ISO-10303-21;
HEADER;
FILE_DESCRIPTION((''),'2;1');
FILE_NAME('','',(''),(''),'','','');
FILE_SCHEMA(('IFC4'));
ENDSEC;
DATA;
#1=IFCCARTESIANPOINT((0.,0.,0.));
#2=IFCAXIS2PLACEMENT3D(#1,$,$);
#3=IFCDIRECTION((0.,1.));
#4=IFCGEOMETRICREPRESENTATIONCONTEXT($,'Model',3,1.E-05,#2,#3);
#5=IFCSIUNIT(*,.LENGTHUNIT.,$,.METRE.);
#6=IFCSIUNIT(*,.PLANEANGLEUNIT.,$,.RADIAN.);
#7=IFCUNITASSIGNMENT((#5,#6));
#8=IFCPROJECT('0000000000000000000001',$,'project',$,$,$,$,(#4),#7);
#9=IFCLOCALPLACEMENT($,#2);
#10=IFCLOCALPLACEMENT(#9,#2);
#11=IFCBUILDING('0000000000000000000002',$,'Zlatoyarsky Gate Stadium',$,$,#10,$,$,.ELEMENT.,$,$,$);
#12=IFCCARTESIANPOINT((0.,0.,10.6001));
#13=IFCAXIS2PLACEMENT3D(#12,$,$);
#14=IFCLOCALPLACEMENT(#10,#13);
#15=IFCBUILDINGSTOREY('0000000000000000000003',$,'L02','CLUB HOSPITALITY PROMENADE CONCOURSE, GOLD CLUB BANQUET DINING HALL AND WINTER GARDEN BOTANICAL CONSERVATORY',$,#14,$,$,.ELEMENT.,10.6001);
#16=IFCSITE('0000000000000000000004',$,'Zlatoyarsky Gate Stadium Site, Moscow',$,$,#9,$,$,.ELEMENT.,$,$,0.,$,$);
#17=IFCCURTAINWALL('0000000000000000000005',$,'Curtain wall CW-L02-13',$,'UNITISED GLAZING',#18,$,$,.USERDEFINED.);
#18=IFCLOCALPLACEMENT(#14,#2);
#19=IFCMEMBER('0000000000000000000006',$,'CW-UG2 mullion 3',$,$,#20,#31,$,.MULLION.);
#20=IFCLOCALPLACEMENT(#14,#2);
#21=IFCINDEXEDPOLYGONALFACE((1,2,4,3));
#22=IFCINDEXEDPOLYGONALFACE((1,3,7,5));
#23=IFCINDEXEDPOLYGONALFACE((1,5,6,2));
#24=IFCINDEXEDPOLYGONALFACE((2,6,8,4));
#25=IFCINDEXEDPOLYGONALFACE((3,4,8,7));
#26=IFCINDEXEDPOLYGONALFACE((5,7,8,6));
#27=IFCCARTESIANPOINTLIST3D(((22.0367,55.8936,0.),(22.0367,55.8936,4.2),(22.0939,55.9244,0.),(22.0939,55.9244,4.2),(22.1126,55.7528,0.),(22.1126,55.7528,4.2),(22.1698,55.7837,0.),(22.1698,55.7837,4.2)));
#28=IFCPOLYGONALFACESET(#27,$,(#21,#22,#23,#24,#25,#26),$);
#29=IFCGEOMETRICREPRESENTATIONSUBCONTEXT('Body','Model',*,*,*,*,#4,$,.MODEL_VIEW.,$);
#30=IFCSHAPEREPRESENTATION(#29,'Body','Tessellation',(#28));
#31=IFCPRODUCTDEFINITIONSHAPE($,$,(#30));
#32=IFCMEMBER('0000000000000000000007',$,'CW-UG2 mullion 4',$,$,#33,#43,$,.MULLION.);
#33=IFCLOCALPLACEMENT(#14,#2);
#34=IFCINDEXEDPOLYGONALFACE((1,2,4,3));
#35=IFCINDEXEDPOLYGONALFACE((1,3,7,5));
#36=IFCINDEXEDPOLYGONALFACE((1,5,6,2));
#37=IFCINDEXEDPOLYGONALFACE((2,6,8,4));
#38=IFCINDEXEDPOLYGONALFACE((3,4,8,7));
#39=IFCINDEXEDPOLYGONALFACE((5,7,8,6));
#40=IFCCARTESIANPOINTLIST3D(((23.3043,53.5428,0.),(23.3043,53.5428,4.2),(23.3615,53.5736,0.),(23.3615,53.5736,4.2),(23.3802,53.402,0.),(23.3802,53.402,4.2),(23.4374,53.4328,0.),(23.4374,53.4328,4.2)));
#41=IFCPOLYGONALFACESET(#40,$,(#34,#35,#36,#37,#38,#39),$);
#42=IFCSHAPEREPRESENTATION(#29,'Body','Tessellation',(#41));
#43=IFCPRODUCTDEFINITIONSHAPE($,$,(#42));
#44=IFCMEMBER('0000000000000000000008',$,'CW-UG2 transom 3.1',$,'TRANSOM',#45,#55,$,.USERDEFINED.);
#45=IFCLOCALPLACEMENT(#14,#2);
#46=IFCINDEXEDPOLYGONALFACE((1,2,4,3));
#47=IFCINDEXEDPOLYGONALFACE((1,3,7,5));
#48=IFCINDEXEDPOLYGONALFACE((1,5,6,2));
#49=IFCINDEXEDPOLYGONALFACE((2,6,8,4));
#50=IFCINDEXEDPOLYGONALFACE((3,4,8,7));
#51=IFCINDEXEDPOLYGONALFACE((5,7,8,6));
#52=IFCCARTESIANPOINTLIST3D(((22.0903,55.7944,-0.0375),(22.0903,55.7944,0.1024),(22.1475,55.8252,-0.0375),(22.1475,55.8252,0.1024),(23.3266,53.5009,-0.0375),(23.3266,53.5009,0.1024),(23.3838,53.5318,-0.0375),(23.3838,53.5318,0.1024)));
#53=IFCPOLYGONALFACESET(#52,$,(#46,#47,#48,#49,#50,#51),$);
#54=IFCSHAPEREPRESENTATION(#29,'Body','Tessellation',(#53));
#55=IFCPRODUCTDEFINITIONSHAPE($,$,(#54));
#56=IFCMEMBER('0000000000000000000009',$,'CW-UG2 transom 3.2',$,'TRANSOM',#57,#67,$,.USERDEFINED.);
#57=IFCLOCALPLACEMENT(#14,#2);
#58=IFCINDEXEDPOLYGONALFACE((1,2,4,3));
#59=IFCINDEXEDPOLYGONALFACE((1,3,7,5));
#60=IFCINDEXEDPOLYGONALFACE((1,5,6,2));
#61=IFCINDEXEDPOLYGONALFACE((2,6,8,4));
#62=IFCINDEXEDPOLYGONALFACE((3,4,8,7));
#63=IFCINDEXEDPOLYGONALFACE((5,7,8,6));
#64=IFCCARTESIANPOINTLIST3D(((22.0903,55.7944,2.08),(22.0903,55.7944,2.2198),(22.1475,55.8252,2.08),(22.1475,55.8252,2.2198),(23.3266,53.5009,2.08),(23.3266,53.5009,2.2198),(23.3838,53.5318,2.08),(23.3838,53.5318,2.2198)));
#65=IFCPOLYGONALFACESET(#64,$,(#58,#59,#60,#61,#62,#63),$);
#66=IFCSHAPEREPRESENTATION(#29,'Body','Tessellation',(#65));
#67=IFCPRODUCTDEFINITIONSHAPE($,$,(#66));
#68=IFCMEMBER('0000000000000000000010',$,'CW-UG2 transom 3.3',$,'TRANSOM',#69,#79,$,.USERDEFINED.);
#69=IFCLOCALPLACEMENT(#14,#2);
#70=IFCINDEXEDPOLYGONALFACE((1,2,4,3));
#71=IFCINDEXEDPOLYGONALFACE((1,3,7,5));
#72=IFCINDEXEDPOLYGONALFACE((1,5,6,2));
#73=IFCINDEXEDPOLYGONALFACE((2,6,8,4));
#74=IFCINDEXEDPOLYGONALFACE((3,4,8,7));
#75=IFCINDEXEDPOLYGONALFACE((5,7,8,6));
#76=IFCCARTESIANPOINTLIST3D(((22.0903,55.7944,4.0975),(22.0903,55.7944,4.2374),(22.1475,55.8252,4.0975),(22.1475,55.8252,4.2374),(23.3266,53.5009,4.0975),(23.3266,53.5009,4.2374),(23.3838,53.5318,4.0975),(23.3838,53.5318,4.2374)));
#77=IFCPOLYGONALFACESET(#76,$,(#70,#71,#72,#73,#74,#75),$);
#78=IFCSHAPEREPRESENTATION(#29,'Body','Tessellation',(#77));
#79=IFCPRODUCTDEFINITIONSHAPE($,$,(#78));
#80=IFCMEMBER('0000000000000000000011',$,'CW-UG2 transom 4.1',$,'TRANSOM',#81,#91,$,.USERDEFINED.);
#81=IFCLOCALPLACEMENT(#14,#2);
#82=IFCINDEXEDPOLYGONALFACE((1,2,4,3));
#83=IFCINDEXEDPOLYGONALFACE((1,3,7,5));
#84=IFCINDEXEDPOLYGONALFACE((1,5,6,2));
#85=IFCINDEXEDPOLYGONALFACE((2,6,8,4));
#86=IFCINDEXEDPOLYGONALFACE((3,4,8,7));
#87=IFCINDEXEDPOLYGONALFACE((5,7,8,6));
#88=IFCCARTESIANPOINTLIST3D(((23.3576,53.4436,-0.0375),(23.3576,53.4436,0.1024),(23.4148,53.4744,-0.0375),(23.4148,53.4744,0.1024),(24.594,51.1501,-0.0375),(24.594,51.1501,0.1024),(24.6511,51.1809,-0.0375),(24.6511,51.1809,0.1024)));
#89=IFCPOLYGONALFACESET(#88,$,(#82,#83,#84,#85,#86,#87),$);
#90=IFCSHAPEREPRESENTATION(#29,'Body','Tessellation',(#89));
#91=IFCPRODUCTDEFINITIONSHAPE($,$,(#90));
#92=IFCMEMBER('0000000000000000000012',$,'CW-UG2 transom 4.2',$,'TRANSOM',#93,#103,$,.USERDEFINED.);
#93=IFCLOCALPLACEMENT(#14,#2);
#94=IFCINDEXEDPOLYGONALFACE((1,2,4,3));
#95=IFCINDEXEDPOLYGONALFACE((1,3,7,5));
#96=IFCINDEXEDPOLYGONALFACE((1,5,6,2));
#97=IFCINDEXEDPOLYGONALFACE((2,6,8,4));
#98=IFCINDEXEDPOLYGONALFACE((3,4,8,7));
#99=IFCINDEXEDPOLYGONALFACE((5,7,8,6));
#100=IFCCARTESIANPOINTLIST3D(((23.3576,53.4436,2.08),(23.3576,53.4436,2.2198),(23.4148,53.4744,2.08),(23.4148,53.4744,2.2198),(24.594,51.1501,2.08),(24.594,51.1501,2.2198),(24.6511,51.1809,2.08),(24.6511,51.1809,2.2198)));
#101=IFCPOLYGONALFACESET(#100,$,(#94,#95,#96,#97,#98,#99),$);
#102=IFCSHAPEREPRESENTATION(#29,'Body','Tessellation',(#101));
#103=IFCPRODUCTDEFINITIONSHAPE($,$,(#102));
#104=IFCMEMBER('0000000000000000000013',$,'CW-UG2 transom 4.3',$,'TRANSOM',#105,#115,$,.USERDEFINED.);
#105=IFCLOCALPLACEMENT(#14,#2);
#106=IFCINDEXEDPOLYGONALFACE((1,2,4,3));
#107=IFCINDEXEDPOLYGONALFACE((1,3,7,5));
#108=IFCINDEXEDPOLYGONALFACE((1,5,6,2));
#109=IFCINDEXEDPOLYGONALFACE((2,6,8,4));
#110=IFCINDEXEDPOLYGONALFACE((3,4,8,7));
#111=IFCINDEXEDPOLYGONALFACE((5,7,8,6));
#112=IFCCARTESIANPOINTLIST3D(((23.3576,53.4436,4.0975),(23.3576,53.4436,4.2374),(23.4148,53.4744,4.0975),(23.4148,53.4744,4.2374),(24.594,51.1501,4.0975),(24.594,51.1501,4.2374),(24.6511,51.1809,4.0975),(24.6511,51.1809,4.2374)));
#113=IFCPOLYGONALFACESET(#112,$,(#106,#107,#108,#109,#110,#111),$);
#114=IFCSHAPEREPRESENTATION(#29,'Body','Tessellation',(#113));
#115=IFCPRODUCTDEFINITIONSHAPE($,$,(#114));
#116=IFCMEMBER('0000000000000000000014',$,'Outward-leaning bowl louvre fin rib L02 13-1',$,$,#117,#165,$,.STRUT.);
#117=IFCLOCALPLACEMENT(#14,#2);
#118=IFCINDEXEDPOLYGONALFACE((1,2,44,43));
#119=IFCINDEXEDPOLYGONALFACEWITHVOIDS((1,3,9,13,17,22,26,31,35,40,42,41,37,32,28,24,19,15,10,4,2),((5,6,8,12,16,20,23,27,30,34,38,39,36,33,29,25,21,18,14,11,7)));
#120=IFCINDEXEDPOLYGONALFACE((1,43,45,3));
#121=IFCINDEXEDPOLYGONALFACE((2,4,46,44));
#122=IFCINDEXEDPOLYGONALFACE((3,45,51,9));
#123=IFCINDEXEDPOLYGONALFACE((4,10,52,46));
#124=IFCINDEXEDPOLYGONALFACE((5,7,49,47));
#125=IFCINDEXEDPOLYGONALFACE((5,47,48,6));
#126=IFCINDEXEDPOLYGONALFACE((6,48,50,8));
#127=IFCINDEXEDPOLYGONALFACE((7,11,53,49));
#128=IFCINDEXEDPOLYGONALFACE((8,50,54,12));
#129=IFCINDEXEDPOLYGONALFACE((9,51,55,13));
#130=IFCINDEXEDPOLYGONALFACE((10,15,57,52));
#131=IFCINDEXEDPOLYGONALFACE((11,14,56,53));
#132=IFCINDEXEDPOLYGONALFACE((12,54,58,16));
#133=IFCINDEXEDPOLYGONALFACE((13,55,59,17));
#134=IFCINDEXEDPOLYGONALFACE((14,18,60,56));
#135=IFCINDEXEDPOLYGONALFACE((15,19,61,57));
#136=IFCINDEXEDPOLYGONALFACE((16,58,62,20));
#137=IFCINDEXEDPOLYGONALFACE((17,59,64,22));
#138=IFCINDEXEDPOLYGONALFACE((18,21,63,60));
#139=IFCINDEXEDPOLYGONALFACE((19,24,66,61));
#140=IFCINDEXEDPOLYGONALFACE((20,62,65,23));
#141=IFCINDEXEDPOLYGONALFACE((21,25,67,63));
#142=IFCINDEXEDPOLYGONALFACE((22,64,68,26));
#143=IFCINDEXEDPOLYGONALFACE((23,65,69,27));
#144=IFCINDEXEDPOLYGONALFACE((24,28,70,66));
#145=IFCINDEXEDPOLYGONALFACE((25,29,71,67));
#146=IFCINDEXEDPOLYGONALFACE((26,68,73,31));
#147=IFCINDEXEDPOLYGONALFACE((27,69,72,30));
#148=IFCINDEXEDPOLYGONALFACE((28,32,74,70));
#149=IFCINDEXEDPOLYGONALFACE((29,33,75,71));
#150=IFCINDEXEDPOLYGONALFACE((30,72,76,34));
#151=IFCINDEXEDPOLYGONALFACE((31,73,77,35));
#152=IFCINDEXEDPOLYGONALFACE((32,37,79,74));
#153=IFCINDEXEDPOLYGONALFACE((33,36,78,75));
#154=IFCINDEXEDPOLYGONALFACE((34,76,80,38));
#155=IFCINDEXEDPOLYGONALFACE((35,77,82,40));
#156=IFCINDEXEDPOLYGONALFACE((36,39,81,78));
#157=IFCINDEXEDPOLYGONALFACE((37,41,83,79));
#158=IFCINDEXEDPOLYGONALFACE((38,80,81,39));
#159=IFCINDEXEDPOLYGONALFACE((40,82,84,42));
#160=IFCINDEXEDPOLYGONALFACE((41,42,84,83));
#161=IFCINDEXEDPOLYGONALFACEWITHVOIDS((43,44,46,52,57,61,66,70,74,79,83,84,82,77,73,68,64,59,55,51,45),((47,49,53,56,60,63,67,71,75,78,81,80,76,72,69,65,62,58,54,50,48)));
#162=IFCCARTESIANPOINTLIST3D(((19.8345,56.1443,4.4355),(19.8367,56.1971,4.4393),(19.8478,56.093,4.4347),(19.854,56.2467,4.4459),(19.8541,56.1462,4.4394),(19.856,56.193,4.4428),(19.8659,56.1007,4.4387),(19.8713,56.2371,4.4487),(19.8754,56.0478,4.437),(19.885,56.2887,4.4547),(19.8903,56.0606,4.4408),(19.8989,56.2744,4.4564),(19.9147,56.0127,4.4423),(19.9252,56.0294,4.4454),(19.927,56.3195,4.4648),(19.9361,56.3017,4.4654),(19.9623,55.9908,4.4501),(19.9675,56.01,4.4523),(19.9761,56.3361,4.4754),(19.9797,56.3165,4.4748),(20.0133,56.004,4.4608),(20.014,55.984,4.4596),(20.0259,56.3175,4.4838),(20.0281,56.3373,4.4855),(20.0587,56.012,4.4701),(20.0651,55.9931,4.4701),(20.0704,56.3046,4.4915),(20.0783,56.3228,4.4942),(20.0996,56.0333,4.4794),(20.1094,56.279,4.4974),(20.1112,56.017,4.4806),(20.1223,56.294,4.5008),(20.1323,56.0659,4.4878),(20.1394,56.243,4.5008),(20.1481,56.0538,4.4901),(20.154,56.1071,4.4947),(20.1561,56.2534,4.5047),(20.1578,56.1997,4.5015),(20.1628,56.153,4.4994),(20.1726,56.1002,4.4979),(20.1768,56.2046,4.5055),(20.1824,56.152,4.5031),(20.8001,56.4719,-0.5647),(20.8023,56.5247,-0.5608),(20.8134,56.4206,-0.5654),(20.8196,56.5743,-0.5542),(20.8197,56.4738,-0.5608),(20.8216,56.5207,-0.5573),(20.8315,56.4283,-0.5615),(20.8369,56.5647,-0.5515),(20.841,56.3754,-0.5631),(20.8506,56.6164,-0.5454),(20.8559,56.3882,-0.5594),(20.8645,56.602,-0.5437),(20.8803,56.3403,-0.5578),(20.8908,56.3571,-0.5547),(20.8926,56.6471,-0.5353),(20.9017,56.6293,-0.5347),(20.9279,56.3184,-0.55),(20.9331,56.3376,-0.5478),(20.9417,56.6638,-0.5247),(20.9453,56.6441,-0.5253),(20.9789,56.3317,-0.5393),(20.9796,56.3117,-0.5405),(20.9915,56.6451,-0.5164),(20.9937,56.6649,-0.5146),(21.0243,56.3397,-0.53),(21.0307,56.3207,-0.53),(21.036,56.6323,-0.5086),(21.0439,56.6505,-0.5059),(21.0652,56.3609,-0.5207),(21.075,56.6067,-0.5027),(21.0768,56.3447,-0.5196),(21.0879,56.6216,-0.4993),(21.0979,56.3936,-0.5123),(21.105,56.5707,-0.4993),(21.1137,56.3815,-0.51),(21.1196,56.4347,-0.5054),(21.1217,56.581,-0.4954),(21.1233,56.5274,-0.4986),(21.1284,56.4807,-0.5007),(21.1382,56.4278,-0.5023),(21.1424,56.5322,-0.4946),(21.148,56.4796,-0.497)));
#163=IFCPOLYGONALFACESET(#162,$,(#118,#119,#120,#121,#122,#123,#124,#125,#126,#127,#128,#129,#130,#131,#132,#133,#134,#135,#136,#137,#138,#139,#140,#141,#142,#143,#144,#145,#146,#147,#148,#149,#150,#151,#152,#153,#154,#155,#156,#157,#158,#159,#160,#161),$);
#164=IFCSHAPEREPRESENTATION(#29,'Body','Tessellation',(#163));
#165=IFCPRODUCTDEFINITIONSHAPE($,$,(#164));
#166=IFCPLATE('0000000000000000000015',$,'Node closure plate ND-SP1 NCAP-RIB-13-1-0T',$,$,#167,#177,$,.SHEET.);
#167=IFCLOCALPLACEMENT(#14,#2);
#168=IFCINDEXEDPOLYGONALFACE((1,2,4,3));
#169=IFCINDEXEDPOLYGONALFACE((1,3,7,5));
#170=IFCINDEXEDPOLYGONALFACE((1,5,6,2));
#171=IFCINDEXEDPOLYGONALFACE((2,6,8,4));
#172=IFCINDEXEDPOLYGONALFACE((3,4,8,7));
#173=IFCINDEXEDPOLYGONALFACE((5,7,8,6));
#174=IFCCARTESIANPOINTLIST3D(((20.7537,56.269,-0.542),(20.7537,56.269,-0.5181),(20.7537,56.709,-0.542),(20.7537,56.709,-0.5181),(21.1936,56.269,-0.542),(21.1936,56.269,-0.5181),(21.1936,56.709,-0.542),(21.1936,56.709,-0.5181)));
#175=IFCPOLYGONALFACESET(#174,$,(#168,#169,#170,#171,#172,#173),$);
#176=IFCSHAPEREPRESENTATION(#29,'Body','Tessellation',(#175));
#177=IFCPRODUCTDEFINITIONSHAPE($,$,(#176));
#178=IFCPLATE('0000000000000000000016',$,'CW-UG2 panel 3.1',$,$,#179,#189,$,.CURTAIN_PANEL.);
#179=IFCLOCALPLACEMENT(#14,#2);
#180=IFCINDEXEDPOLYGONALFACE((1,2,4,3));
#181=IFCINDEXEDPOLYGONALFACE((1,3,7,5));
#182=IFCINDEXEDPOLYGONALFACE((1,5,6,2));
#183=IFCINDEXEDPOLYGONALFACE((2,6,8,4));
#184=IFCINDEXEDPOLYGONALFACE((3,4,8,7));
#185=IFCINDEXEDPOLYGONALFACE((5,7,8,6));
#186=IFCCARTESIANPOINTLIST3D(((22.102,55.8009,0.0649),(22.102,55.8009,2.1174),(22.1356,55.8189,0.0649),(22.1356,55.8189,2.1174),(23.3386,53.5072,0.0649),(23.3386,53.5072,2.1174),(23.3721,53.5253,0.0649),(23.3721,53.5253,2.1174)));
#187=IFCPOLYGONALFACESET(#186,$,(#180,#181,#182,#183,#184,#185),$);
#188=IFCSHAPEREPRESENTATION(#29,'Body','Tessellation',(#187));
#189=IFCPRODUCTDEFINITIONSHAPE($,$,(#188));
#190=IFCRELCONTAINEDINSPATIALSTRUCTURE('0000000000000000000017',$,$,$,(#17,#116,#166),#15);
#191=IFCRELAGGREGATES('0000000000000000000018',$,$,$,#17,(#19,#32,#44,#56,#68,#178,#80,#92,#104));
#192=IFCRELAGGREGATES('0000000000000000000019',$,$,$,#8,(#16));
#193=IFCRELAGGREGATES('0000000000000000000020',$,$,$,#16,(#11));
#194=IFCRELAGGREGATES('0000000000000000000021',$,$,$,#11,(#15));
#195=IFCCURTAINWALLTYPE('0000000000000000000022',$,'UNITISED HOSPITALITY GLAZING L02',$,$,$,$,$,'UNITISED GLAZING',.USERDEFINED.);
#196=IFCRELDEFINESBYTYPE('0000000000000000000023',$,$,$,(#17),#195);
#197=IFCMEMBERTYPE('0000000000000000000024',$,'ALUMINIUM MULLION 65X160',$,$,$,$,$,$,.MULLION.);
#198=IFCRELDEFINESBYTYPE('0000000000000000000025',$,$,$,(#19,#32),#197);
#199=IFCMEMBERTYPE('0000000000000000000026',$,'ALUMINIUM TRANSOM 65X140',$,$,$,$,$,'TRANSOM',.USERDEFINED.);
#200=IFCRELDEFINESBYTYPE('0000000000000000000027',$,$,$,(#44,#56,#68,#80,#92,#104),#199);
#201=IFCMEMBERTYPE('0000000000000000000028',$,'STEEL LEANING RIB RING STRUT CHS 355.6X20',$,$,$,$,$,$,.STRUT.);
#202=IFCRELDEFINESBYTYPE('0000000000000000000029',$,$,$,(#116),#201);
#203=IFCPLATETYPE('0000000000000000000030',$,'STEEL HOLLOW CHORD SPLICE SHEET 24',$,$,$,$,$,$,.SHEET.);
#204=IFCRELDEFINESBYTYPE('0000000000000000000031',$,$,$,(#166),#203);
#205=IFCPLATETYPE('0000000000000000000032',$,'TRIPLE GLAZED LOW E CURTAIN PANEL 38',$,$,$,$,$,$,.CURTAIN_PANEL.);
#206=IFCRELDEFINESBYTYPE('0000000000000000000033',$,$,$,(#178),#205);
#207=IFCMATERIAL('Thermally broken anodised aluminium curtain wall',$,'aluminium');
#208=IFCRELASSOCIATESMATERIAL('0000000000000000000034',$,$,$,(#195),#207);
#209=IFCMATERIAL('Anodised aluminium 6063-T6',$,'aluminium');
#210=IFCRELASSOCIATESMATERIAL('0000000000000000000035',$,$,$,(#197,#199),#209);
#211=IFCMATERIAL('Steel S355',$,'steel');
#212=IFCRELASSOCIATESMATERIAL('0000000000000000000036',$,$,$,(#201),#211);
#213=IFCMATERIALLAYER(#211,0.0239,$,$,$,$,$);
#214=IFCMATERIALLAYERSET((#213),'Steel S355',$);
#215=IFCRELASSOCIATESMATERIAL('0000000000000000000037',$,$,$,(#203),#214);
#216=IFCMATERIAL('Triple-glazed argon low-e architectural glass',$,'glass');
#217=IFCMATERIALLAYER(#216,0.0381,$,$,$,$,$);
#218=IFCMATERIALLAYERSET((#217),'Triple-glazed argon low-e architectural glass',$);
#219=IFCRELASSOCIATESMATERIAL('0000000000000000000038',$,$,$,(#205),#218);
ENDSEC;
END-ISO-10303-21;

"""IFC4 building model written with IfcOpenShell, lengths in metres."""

from ifc_helpers import new_model, si_unit, direction, frame, origin, origin_2d, place, context, subcontext, project, spatial, rectangle, hollow_circle, extrude, material, layer, layer_set, material_profile, profile_set, type_object, element, aggregate, save


model = new_model("IFC4")

# Units and contexts
model_context = context("Model", 3, precision=1e-05, world=origin(), true_north=direction((0.0, 1.0)))
body_context = subcontext(model_context, "Body", "Model", "MODEL_VIEW")
ifc_project = project(units=[si_unit("LENGTHUNIT", "METRE"), si_unit("PLANEANGLEUNIT", "RADIAN")], contexts=[model_context])

# Site, building, storey
site_placement = place(None, origin())
site = spatial("IfcSite", under=ifc_project, at=site_placement, Name="Zlatoyarsky Gate Stadium Site, Moscow", CompositionType="ELEMENT", RefElevation=0.0)
building_placement = place(site_placement, origin())
building = spatial("IfcBuilding", under=site, at=building_placement, Name="Zlatoyarsky Gate Stadium", CompositionType="ELEMENT")
storey_placement = place(building_placement, frame((0.0, 0.0, 10.6001)))
storey = spatial("IfcBuildingStorey", under=building, at=storey_placement, Name="L02", Description="CLUB HOSPITALITY PROMENADE CONCOURSE, GOLD CLUB BANQUET DINING HALL AND WINTER GARDEN BOTANICAL CONSERVATORY", CompositionType="ELEMENT", Elevation=10.6001)

# Curtain wall, members
ifc_material_1 = material(Name="Thermally broken anodised aluminium curtain wall", Category="aluminium")
curtain_wall_type = type_object("IfcCurtainWallType", Name="UNITISED HOSPITALITY GLAZING L02", ElementType="UNITISED GLAZING", PredefinedType="USERDEFINED", material=ifc_material_1)
curtain_wall_placement = place(storey_placement, origin())
curtain_wall = element("IfcCurtainWall", 1, at=curtain_wall_placement, inside=storey, type_object=curtain_wall_type, Name="Curtain wall CW-L02-13", ObjectType="UNITISED GLAZING", PredefinedType="USERDEFINED")
ifc_material_2 = material(Name="Anodised aluminium 6063-T6", Category="aluminium")
ifc_material_profile_1 = material_profile(ifc_material_2, rectangle(XDim=0.0649, YDim=0.1599, at=origin_2d()), Name="ALU 65X160")
ifc_profile_set_1 = profile_set([ifc_material_profile_1], Name="Anodised aluminium 6063-T6")
member_type_1 = type_object("IfcMemberType", Name="ALUMINIUM MULLION 65X160", PredefinedType="MULLION", material=ifc_profile_set_1)
member_1_placement = place(storey_placement, frame((22.1033, 55.8386, 0.0), z_axis=(0.0, 0.0, 1.0), x_axis=(0.880236, 0.474536, 0.0)))
member_1 = element("IfcMember", 2, at=member_1_placement, type_object=member_type_1, Name="CW-UG2 mullion 3", PredefinedType="MULLION", context=body_context, shape_type="SweptSolid", body=[
    extrude(rectangle(XDim=0.0649, YDim=0.1599, at=origin_2d()), origin(), (0.0, 0.0, 1.0), 4.2),
])
member_2_placement = place(storey_placement, frame((23.3708, 53.4878, 0.0), z_axis=(0.0, 0.0, 1.0), x_axis=(0.880236, 0.474536, 0.0)))
member_2 = element("IfcMember", 3, at=member_2_placement, type_object=member_type_1, Name="CW-UG2 mullion 4", PredefinedType="MULLION", context=body_context, shape_type="SweptSolid", body=[
    extrude(rectangle(XDim=0.0649, YDim=0.1599, at=origin_2d()), origin(), (0.0, 0.0, 1.0), 4.2),
])
ifc_material_profile_2 = material_profile(ifc_material_2, rectangle(XDim=0.0649, YDim=0.1399, at=origin_2d()), Name="ALU 65X140")
ifc_profile_set_2 = profile_set([ifc_material_profile_2], Name="Anodised aluminium 6063-T6")
member_type_2 = type_object("IfcMemberType", Name="ALUMINIUM TRANSOM 65X140", ElementType="TRANSOM", PredefinedType="USERDEFINED", material=ifc_profile_set_2)
member_3_placement = place(storey_placement, frame((22.1189, 55.8098, 0.0325), z_axis=(0.474513, -0.880248, 0.0), x_axis=(0.880248, 0.474513, 0.0)))
member_3 = element("IfcMember", 4, at=member_3_placement, type_object=member_type_2, Name="CW-UG2 transom 3.1", ObjectType="TRANSOM", PredefinedType="USERDEFINED", context=body_context, shape_type="SweptSolid", body=[
    extrude(rectangle(XDim=0.0649, YDim=0.1399, at=origin_2d()), origin(), (0.0, 0.0, 1.0), 2.6055),
])
member_4_placement = place(storey_placement, frame((22.1189, 55.8098, 2.1499), z_axis=(0.474513, -0.880248, 0.0), x_axis=(0.880248, 0.474513, 0.0)))
member_4 = element("IfcMember", 5, at=member_4_placement, type_object=member_type_2, Name="CW-UG2 transom 3.2", ObjectType="TRANSOM", PredefinedType="USERDEFINED", context=body_context, shape_type="SweptSolid", body=[
    extrude(rectangle(XDim=0.0649, YDim=0.1399, at=origin_2d()), origin(), (0.0, 0.0, 1.0), 2.6055),
])
member_5_placement = place(storey_placement, frame((22.1189, 55.8098, 4.1675), z_axis=(0.474513, -0.880248, 0.0), x_axis=(0.880248, 0.474513, 0.0)))
member_5 = element("IfcMember", 6, at=member_5_placement, type_object=member_type_2, Name="CW-UG2 transom 3.3", ObjectType="TRANSOM", PredefinedType="USERDEFINED", context=body_context, shape_type="SweptSolid", body=[
    extrude(rectangle(XDim=0.0649, YDim=0.1399, at=origin_2d()), origin(), (0.0, 0.0, 1.0), 2.6055),
])
member_6_placement = place(storey_placement, frame((23.3862, 53.459, 0.0325), z_axis=(0.474513, -0.880248, 0.0), x_axis=(0.880248, 0.474513, 0.0)))
member_6 = element("IfcMember", 7, at=member_6_placement, type_object=member_type_2, Name="CW-UG2 transom 4.1", ObjectType="TRANSOM", PredefinedType="USERDEFINED", context=body_context, shape_type="SweptSolid", body=[
    extrude(rectangle(XDim=0.0649, YDim=0.1399, at=origin_2d()), origin(), (0.0, 0.0, 1.0), 2.6055),
])
member_7_placement = place(storey_placement, frame((23.3862, 53.459, 2.1499), z_axis=(0.474513, -0.880248, 0.0), x_axis=(0.880248, 0.474513, 0.0)))
member_7 = element("IfcMember", 8, at=member_7_placement, type_object=member_type_2, Name="CW-UG2 transom 4.2", ObjectType="TRANSOM", PredefinedType="USERDEFINED", context=body_context, shape_type="SweptSolid", body=[
    extrude(rectangle(XDim=0.0649, YDim=0.1399, at=origin_2d()), origin(), (0.0, 0.0, 1.0), 2.6055),
])
member_8_placement = place(storey_placement, frame((23.3862, 53.459, 4.1675), z_axis=(0.474513, -0.880248, 0.0), x_axis=(0.880248, 0.474513, 0.0)))
member_8 = element("IfcMember", 9, at=member_8_placement, type_object=member_type_2, Name="CW-UG2 transom 4.3", ObjectType="TRANSOM", PredefinedType="USERDEFINED", context=body_context, shape_type="SweptSolid", body=[
    extrude(rectangle(XDim=0.0649, YDim=0.1399, at=origin_2d()), origin(), (0.0, 0.0, 1.0), 2.6055),
])

# Member
ifc_material_3 = material(Name="Steel S355", Category="steel")
ifc_material_profile_3 = material_profile(ifc_material_3, hollow_circle(Radius=0.1777, WallThickness=0.02, at=origin_2d()), Name="CHS 355.6X20")
ifc_profile_set_3 = profile_set([ifc_material_profile_3], Name="Steel S355")
member_type_3 = type_object("IfcMemberType", Name="STEEL LEANING RIB RING STRUT CHS 355.6X20", PredefinedType="STRUT", material=ifc_profile_set_3)
member_9_placement = place(storey_placement, frame((20.9736, 56.489, -0.53), z_axis=(-0.189221, -0.064206, 0.979833), x_axis=(0.321323, -0.94697, 0.0)))
element("IfcMember", 10, at=member_9_placement, inside=storey, type_object=member_type_3, Name="Outward-leaning bowl louvre fin rib L02 13-1", PredefinedType="STRUT", context=body_context, shape_type="SweptSolid", body=[
    extrude(hollow_circle(Radius=0.1777, WallThickness=0.02, at=origin_2d()), origin(), (0.0, 0.0, 1.0), 5.103),
])

# Plates
ifc_layer_1 = layer(ifc_material_3, 0.0239)
ifc_layer_set_1 = layer_set([ifc_layer_1], Name="Steel S355")
plate_type_1 = type_object("IfcPlateType", Name="STEEL HOLLOW CHORD SPLICE SHEET 24", PredefinedType="SHEET", material=ifc_layer_set_1)
plate_1_placement = place(storey_placement, frame((20.9736, 56.489, -0.542), z_axis=(0.0, 0.0, 1.0), x_axis=(1.0, 0.0, 0.0)))
element("IfcPlate", 11, at=plate_1_placement, inside=storey, type_object=plate_type_1, Name="Node closure plate ND-SP1 NCAP-RIB-13-1-0T", PredefinedType="SHEET", context=body_context, shape_type="SweptSolid", body=[
    extrude(rectangle(XDim=0.4399, YDim=0.4399, at=origin_2d()), origin(), (0.0, 0.0, 1.0), 0.0239),
])
ifc_material_4 = material(Name="Triple-glazed argon low-e architectural glass", Category="glass")
ifc_layer_2 = layer(ifc_material_4, 0.0381)
ifc_layer_set_2 = layer_set([ifc_layer_2], Name="Triple-glazed argon low-e architectural glass")
plate_type_2 = type_object("IfcPlateType", Name="TRIPLE GLAZED LOW E CURTAIN PANEL 38", PredefinedType="CURTAIN_PANEL", material=ifc_layer_set_2)
plate_2_placement = place(storey_placement, frame((22.7371, 54.6631, 0.0649), z_axis=(0.0, 0.0, 1.0), x_axis=(0.474536, -0.880236, 0.0)))
plate_2 = element("IfcPlate", 12, at=plate_2_placement, type_object=plate_type_2, Name="CW-UG2 panel 3.1", PredefinedType="CURTAIN_PANEL", context=body_context, shape_type="SweptSolid", body=[
    extrude(rectangle(XDim=2.6057, YDim=0.0381, at=origin_2d()), origin(), (0.0, 0.0, 1.0), 2.0525),
])
aggregate(curtain_wall, [member_1, member_2, member_3, member_4, member_5, plate_2, member_6, member_7, member_8])

save(model, "model.ifc")
